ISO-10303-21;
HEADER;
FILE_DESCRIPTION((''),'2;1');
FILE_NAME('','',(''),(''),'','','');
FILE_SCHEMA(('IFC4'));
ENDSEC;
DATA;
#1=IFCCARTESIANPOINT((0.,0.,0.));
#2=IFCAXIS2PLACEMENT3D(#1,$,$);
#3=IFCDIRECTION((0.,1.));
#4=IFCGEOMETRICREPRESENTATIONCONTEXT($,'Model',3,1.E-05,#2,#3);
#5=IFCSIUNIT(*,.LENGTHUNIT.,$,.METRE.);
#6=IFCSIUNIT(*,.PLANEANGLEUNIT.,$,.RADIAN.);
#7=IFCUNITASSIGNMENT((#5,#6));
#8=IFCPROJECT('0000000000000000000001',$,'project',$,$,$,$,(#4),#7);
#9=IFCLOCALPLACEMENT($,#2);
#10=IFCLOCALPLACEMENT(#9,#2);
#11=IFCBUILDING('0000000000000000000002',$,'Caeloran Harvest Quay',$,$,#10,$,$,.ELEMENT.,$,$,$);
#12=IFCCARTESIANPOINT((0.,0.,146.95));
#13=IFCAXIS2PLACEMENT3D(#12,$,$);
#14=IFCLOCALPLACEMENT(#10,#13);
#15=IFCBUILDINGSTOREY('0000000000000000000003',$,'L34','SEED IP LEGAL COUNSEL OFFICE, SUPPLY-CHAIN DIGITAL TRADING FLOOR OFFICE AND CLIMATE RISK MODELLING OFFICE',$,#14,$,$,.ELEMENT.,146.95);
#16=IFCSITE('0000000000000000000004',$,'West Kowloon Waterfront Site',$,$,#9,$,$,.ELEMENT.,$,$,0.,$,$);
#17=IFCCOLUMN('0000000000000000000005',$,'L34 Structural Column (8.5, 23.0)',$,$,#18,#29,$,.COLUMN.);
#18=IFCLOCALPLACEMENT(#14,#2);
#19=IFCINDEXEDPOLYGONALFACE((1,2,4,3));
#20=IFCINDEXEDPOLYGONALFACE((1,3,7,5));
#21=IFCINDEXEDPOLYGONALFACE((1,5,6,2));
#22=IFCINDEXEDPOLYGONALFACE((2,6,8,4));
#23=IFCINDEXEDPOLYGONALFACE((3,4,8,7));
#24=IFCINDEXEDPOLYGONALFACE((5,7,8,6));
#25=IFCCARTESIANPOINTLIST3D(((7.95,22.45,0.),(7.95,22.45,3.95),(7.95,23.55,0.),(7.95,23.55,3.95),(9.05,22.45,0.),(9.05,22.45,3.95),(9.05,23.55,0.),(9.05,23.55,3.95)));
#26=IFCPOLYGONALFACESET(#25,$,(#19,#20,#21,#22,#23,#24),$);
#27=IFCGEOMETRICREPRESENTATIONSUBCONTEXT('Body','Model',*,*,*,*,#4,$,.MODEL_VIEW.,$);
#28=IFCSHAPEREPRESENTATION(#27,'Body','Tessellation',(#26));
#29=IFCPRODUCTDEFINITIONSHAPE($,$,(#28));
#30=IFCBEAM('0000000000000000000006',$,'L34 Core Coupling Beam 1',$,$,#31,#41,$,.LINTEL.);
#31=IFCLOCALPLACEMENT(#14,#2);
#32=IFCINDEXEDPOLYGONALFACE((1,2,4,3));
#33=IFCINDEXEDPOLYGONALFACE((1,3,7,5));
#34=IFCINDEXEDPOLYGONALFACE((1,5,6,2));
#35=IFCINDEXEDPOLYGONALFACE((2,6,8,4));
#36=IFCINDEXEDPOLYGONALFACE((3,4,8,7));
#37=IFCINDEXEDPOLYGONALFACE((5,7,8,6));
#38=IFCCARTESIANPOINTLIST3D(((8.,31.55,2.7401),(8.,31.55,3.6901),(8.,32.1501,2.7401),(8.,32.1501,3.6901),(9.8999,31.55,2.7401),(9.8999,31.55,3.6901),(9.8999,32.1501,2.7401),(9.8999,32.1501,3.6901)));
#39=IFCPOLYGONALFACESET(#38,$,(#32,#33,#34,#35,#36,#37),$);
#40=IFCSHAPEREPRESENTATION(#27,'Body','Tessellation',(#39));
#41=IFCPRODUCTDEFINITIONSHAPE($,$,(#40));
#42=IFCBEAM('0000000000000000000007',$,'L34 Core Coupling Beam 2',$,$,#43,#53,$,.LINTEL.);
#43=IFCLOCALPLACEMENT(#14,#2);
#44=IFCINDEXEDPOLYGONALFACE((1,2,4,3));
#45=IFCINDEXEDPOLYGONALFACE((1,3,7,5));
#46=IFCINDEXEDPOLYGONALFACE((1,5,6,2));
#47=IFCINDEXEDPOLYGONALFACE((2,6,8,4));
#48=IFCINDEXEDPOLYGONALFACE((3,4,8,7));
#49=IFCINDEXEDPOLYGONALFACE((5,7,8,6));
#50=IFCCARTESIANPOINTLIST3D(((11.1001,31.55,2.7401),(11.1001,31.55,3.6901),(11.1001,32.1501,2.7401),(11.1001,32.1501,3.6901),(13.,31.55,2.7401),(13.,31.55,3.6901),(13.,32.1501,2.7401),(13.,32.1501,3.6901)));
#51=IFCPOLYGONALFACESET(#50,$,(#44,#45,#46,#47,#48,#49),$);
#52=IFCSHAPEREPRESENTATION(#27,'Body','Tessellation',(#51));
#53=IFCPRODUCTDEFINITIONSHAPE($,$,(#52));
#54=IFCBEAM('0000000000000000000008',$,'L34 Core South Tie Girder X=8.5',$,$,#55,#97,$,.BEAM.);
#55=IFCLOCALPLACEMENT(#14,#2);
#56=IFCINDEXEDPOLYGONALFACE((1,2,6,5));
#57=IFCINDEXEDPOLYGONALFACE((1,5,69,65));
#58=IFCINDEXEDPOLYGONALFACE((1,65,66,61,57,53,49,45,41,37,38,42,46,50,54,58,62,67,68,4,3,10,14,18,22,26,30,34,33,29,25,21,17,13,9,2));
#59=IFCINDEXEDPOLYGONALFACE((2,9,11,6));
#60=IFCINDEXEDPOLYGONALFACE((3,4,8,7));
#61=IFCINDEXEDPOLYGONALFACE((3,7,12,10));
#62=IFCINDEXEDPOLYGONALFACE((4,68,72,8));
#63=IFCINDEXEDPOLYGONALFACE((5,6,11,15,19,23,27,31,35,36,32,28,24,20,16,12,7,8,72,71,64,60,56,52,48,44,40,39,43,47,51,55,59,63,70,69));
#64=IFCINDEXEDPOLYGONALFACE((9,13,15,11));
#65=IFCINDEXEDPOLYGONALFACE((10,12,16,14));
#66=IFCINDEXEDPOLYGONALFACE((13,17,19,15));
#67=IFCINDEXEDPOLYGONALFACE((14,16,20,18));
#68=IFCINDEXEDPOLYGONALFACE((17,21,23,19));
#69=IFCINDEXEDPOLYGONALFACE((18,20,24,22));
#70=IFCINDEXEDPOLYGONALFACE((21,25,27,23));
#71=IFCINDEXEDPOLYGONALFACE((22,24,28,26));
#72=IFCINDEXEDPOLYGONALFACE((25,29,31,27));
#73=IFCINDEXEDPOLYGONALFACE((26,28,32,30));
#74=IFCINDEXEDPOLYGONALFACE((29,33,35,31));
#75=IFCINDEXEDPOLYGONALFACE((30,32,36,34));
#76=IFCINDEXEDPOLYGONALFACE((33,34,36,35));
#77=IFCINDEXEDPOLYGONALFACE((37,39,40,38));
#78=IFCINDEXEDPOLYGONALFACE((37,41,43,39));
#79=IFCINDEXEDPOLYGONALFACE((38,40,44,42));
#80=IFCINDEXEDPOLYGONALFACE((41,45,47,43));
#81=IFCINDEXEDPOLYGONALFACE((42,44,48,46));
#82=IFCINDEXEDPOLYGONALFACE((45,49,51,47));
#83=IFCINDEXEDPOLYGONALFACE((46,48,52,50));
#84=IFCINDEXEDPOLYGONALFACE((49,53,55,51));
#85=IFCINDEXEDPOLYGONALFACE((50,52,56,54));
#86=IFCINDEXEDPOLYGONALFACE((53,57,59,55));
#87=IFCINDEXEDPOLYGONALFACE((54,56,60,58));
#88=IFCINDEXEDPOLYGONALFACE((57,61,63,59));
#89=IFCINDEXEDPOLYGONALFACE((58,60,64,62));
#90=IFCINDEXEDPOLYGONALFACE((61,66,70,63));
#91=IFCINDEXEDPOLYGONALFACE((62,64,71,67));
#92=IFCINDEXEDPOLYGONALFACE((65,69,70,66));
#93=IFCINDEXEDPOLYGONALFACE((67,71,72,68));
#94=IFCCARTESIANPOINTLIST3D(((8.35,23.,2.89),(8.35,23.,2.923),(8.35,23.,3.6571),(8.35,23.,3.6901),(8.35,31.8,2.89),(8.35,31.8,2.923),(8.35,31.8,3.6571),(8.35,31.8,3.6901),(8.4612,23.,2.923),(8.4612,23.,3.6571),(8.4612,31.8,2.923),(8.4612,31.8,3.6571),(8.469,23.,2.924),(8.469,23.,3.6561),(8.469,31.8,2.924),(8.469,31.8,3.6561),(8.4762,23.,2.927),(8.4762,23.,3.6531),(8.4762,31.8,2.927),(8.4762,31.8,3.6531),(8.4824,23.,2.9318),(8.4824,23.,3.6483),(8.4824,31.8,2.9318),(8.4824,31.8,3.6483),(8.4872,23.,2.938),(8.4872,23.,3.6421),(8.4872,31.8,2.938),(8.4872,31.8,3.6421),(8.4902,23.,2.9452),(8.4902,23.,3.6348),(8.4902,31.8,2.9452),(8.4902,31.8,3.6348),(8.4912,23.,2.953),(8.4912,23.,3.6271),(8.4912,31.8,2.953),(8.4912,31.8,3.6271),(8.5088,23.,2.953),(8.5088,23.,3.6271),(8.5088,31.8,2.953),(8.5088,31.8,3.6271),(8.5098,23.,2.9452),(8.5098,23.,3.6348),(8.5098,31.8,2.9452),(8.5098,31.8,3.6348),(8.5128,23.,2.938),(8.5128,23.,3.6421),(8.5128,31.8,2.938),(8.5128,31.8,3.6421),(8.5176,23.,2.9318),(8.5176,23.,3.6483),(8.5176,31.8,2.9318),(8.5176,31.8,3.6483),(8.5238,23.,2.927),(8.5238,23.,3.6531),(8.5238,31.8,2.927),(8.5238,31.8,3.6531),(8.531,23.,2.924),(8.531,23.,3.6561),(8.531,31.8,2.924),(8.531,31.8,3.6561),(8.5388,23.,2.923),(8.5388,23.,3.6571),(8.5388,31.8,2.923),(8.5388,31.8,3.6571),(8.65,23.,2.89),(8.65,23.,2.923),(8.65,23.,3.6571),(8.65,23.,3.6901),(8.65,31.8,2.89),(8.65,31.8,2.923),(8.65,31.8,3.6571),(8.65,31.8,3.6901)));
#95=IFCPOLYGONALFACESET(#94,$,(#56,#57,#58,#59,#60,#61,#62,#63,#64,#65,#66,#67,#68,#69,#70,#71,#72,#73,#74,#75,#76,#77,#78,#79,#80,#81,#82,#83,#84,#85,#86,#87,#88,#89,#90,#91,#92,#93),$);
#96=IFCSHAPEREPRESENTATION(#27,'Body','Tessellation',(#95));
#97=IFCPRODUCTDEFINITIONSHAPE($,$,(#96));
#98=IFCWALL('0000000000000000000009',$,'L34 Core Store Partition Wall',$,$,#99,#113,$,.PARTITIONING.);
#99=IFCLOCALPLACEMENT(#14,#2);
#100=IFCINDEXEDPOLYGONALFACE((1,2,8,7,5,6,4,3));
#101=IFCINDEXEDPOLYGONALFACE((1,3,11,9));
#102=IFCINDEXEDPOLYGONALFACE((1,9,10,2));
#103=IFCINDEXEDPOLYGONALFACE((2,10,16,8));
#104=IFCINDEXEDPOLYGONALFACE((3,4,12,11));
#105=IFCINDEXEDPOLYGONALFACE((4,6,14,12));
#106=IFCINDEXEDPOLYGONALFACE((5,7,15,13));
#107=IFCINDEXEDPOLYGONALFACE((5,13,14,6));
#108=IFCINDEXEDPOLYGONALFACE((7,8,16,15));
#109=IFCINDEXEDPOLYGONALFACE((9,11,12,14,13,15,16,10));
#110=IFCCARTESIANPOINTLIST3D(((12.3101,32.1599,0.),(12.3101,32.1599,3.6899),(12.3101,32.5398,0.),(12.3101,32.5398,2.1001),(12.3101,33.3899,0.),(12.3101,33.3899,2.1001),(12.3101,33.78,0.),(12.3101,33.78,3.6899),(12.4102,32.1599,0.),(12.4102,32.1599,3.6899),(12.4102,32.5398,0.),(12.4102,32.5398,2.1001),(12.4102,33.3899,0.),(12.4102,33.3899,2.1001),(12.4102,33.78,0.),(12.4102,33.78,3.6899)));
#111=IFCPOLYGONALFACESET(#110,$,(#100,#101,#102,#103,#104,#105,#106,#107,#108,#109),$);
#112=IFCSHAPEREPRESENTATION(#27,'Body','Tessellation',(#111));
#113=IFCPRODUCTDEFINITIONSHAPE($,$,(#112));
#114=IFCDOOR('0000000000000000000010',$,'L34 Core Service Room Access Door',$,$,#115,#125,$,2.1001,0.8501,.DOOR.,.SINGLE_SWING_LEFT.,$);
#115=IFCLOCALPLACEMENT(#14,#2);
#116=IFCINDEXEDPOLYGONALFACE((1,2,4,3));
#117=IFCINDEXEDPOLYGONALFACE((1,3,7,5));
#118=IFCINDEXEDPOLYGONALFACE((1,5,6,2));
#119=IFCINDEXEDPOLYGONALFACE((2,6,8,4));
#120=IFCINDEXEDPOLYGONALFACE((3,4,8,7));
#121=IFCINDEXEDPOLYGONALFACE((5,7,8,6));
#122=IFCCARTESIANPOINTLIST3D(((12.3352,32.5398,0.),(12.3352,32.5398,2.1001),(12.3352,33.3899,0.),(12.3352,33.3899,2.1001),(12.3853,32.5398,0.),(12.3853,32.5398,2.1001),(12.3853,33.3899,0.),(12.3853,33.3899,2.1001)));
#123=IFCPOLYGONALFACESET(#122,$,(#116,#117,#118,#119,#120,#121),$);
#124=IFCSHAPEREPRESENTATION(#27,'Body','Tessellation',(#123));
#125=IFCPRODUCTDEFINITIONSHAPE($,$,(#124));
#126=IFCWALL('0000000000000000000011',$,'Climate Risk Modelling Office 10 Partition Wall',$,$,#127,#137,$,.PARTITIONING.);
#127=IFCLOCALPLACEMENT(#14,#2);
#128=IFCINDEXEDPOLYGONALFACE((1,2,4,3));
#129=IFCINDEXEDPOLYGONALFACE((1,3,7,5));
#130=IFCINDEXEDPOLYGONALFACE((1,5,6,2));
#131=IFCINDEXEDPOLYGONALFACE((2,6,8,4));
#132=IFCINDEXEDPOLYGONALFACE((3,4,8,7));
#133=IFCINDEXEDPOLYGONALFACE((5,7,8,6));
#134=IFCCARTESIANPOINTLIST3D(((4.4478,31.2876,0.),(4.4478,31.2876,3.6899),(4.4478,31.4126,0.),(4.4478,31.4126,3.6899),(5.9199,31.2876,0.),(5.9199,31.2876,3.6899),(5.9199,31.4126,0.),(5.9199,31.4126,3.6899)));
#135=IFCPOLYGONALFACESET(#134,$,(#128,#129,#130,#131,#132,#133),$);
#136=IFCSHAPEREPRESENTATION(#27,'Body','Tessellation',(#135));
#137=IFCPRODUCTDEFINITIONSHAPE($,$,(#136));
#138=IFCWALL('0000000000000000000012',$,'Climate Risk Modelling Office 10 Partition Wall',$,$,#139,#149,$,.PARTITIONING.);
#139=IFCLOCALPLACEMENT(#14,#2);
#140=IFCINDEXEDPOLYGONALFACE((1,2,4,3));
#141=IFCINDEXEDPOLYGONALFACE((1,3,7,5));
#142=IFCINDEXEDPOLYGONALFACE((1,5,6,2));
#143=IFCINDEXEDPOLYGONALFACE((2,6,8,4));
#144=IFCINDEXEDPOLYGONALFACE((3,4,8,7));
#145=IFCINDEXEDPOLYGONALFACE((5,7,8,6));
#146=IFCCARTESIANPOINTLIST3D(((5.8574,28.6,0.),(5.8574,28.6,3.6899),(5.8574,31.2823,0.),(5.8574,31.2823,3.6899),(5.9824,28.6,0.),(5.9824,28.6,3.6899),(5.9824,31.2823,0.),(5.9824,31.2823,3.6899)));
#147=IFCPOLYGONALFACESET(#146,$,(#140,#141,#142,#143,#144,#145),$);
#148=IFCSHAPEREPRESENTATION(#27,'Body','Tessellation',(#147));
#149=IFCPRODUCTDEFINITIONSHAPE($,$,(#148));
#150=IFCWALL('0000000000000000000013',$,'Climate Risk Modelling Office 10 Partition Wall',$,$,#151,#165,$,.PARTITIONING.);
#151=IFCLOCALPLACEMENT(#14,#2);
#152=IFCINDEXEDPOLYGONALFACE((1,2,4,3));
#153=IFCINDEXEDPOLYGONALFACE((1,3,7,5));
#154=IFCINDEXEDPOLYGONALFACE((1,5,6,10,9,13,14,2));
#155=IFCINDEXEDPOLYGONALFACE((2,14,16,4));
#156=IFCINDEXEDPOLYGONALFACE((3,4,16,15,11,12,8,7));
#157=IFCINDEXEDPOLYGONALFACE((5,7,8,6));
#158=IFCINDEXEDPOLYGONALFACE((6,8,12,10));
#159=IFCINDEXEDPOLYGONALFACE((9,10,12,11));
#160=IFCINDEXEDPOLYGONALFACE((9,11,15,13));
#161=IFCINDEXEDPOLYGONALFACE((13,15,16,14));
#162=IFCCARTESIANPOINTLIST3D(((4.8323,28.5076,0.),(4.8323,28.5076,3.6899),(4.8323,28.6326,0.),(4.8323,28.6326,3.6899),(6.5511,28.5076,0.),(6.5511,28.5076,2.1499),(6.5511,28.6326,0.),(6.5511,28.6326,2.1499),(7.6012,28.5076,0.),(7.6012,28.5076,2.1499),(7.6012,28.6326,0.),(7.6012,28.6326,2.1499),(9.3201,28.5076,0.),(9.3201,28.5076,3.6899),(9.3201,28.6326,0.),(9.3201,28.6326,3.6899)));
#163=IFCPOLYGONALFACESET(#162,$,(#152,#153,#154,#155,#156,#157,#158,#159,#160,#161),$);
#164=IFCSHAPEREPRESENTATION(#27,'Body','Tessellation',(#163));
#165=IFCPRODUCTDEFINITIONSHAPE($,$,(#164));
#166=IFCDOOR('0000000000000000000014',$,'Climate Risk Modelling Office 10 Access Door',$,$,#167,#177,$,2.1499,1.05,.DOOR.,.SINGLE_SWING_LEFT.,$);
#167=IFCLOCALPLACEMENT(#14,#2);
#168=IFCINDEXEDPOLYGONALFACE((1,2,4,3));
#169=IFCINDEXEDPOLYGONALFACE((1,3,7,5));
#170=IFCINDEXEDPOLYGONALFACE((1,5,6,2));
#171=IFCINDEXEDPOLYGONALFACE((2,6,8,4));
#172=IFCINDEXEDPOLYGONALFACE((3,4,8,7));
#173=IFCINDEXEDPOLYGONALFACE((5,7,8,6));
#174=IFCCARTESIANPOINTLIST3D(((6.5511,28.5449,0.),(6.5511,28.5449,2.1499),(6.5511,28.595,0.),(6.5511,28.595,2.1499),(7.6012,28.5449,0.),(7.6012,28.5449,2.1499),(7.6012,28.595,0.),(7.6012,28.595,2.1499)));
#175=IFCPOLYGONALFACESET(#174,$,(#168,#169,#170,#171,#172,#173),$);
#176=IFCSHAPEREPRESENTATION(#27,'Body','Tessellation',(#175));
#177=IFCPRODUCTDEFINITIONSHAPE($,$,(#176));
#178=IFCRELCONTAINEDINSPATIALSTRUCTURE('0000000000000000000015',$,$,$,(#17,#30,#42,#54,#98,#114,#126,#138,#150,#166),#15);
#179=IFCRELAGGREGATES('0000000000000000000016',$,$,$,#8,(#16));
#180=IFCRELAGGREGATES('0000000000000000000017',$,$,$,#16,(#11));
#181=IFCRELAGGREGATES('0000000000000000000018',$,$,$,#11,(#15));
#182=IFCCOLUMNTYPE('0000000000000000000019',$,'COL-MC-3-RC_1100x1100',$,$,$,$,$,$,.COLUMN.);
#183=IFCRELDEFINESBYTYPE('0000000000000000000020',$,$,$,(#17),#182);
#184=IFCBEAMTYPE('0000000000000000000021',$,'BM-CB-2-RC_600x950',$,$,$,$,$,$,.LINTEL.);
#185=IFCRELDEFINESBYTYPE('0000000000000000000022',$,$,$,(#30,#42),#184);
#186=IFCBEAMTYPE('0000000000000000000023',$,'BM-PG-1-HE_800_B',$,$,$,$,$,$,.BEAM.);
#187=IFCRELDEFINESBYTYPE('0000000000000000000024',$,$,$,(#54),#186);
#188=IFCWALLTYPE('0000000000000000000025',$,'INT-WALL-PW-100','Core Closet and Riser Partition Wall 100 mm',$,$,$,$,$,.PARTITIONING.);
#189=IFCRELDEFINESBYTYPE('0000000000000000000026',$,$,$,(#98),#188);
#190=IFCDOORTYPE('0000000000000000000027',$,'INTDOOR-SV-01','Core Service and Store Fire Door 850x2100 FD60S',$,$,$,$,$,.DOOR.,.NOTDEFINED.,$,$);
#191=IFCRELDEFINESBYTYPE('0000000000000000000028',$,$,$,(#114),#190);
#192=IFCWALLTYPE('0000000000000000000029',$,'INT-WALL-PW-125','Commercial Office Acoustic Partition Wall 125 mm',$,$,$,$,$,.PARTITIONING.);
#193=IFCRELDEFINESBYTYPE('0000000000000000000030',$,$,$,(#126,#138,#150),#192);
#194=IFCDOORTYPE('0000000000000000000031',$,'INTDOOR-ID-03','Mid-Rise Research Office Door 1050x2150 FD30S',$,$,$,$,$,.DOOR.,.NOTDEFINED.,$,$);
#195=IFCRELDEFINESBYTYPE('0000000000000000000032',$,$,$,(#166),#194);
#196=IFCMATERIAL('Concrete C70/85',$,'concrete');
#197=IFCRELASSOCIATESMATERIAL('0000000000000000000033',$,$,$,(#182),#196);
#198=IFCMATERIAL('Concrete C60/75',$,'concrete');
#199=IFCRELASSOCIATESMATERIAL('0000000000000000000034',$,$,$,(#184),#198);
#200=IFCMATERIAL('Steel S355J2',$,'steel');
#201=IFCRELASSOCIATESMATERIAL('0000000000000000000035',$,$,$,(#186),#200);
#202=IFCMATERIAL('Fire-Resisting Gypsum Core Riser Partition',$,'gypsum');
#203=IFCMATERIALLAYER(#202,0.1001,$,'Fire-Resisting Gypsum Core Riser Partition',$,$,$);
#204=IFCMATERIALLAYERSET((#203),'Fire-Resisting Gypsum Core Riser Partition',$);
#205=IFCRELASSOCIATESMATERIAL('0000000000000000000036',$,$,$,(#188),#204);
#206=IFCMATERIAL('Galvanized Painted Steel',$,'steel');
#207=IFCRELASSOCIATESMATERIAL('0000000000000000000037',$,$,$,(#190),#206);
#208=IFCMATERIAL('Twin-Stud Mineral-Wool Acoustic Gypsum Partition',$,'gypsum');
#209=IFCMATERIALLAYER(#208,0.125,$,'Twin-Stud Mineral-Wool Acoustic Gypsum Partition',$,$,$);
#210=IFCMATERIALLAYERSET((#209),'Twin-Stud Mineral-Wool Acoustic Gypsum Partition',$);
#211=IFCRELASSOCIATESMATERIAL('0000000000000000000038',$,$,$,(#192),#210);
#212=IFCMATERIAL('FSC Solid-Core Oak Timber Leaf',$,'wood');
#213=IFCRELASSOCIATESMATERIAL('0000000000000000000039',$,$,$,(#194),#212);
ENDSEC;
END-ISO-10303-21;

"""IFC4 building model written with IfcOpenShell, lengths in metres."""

from ifc_helpers import new_model, si_unit, direction, frame, frame_2d, origin, origin_2d, place, context, subcontext, project, spatial, rectangle, i_section, extrude, material, layer, layer_set, material_profile, profile_set, type_object, element, fill, save


model = new_model("IFC4")

# Units and contexts
model_context = context("Model", 3, precision=1e-05, world=origin(), true_north=direction((0.0, 1.0)))
body_context = subcontext(model_context, "Body", "Model", "MODEL_VIEW")
ifc_project = project(units=[si_unit("LENGTHUNIT", "METRE"), si_unit("PLANEANGLEUNIT", "RADIAN")], contexts=[model_context])

# Site, building, storey
site_placement = place(None, origin())
site = spatial("IfcSite", under=ifc_project, at=site_placement, Name="West Kowloon Waterfront Site", CompositionType="ELEMENT", RefElevation=0.0)
building_placement = place(site_placement, origin())
building = spatial("IfcBuilding", under=site, at=building_placement, Name="Caeloran Harvest Quay", CompositionType="ELEMENT")
storey_placement = place(building_placement, frame((0.0, 0.0, 146.95)))
storey = spatial("IfcBuildingStorey", under=building, at=storey_placement, Name="L34", Description="SEED IP LEGAL COUNSEL OFFICE, SUPPLY-CHAIN DIGITAL TRADING FLOOR OFFICE AND CLIMATE RISK MODELLING OFFICE", CompositionType="ELEMENT", Elevation=146.95)

# Column
ifc_material_1 = material(Name="Concrete C70/85", Category="concrete")
ifc_material_profile_1 = material_profile(ifc_material_1, rectangle(XDim=1.1001, YDim=1.1001, at=origin_2d()), Name="RC 1100x1100")
ifc_profile_set_1 = profile_set([ifc_material_profile_1], Name="Concrete C70/85")
column_type = type_object("IfcColumnType", Name="COL-MC-3-RC_1100x1100", PredefinedType="COLUMN", material=ifc_profile_set_1)
column_placement = place(storey_placement, frame((8.5, 23.0, 0.0), z_axis=(0.0, 0.0, 1.0), x_axis=(1.0, 0.0, 0.0)))
element("IfcColumn", 1, at=column_placement, inside=storey, type_object=column_type, Name="L34 Structural Column (8.5, 23.0)", PredefinedType="COLUMN", context=body_context, shape_type="SweptSolid", body=[
    extrude(rectangle(XDim=1.1001, YDim=1.1001, at=origin_2d()), origin(), (0.0, 0.0, 1.0), 3.95),
])

# Beams
ifc_material_2 = material(Name="Concrete C60/75", Category="concrete")
ifc_material_profile_2 = material_profile(ifc_material_2, rectangle(XDim=0.6001, YDim=0.95, at=origin_2d()), Name="RC 600x950")
ifc_profile_set_2 = profile_set([ifc_material_profile_2], Name="Concrete C60/75")
beam_type_1 = type_object("IfcBeamType", Name="BM-CB-2-RC_600x950", PredefinedType="LINTEL", material=ifc_profile_set_2)
for number, where, z_axis, x_axis, name in (
    (2, (8.0, 31.8501, 3.2151), (1.0, 0.0, 0.0), (0.0, 1.0, 0.0), "L34 Core Coupling Beam 1"),
    (3, (11.1001, 31.8501, 3.2151), (1.0, 0.0, 0.0), (0.0, 1.0, 0.0), "L34 Core Coupling Beam 2"),
):
    element("IfcBeam", number, at=place(storey_placement, frame(where, z_axis=z_axis, x_axis=x_axis)), inside=storey, type_object=beam_type_1, Name=name, PredefinedType="LINTEL", context=body_context, shape_type="SweptSolid", body=[
        extrude(rectangle(XDim=0.6001, YDim=0.95, at=origin_2d()), origin(), (0.0, 0.0, 1.0), 1.8999),
    ])
ifc_material_3 = material(Name="Steel S355J2", Category="steel")
ifc_material_profile_3 = material_profile(ifc_material_3, i_section(OverallWidth=0.3, OverallDepth=0.8, WebThickness=0.0176, FlangeThickness=0.033, FilletRadius=0.03, at=origin_2d()), Name="HE 800 B")
ifc_profile_set_3 = profile_set([ifc_material_profile_3], Name="Steel S355J2")
beam_type_2 = type_object("IfcBeamType", Name="BM-PG-1-HE_800_B", PredefinedType="BEAM", material=ifc_profile_set_3)
beam_placement = place(storey_placement, frame((8.5, 23.0, 3.29), z_axis=(0.0, 1.0, 0.0), x_axis=(-1.0, 0.0, 0.0)))
element("IfcBeam", 4, at=beam_placement, inside=storey, type_object=beam_type_2, Name="L34 Core South Tie Girder X=8.5", PredefinedType="BEAM", context=body_context, shape_type="SweptSolid", body=[
    extrude(i_section(OverallWidth=0.3, OverallDepth=0.8, WebThickness=0.0176, FlangeThickness=0.033, FilletRadius=0.03, at=origin_2d()), origin(), (0.0, 0.0, 1.0), 8.8),
])

# Wall, opening, door
ifc_material_4 = material(Name="Fire-Resisting Gypsum Core Riser Partition", Category="gypsum")
ifc_layer_1 = layer(ifc_material_4, 0.1001, Name="Fire-Resisting Gypsum Core Riser Partition")
ifc_layer_set_1 = layer_set([ifc_layer_1], Name="Fire-Resisting Gypsum Core Riser Partition")
wall_type_1 = type_object("IfcWallType", Name="INT-WALL-PW-100", Description="Core Closet and Riser Partition Wall 100 mm", PredefinedType="PARTITIONING", material=ifc_layer_set_1)
wall_1_placement = place(storey_placement, frame((12.3601, 32.1599, 0.0), z_axis=(0.0, 0.0, 1.0), x_axis=(0.0, 1.0, 0.0)))
wall_1 = element("IfcWall", 5, at=wall_1_placement, inside=storey, type_object=wall_type_1, Name="L34 Core Store Partition Wall", PredefinedType="PARTITIONING", context=body_context, shape_type="SweptSolid", body=[
    extrude(rectangle(XDim=1.6201, YDim=0.1001, at=frame_2d((0.8101, 0.0))), origin(), (0.0, 0.0, 1.0), 3.6899),
])
opening_1_placement = place(wall_1_placement, frame((0.3799, 0.0, 0.0)))
opening_1 = element("IfcOpeningElement", 6, at=opening_1_placement, cuts=wall_1, PredefinedType="OPENING", context=body_context, shape_type="SweptSolid", body=[
    extrude(rectangle(XDim=0.8501, YDim=2.1001, at=frame_2d((0.425, 1.05))), frame((0.0, 0.0601, 0.0), z_axis=(0.0, -1.0, 0.0), x_axis=(1.0, 0.0, 0.0)), (0.0, 0.0, 1.0), 0.1201),
])
ifc_material_5 = material(Name="Galvanized Painted Steel", Category="steel")
door_type_1 = type_object("IfcDoorType", Name="INTDOOR-SV-01", Description="Core Service and Store Fire Door 850x2100 FD60S", OperationType="NOTDEFINED", PredefinedType="DOOR", material=ifc_material_5)
door_1_placement = place(opening_1_placement, origin())
door_1 = element("IfcDoor", 7, at=door_1_placement, inside=storey, type_object=door_type_1, Name="L34 Core Service Room Access Door", OperationType="SINGLE_SWING_LEFT", OverallHeight=2.1001, OverallWidth=0.8501, PredefinedType="DOOR", context=body_context, shape_type="SweptSolid", body=[
    extrude(rectangle(XDim=0.8501, YDim=2.1001, at=frame_2d((0.425, 1.05))), frame((0.0, 0.0249, 0.0), z_axis=(0.0, -1.0, 0.0), x_axis=(1.0, 0.0, 0.0)), (0.0, 0.0, 1.0), 0.05),
])
fill(opening_1, door_1)

# Walls
ifc_material_6 = material(Name="Twin-Stud Mineral-Wool Acoustic Gypsum Partition", Category="gypsum")
ifc_layer_2 = layer(ifc_material_6, 0.125, Name="Twin-Stud Mineral-Wool Acoustic Gypsum Partition")
ifc_layer_set_2 = layer_set([ifc_layer_2], Name="Twin-Stud Mineral-Wool Acoustic Gypsum Partition")
wall_type_2 = type_object("IfcWallType", Name="INT-WALL-PW-125", Description="Commercial Office Acoustic Partition Wall 125 mm", PredefinedType="PARTITIONING", material=ifc_layer_set_2)
wall_2_placement = place(storey_placement, frame((4.4478, 31.3501, 0.0), z_axis=(0.0, 0.0, 1.0), x_axis=(1.0, 0.0, 0.0)))
element("IfcWall", 8, at=wall_2_placement, inside=storey, type_object=wall_type_2, Name="Climate Risk Modelling Office 10 Partition Wall", PredefinedType="PARTITIONING", context=body_context, shape_type="SweptSolid", body=[
    extrude(rectangle(XDim=1.4722, YDim=0.125, at=frame_2d((0.7361, 0.0))), origin(), (0.0, 0.0, 1.0), 3.6899),
])
wall_3_placement = place(storey_placement, frame((5.9199, 31.2825, 0.0), z_axis=(0.0, 0.0, 1.0), x_axis=(0.0, -1.0, 0.0)))
element("IfcWall", 9, at=wall_3_placement, inside=storey, type_object=wall_type_2, Name="Climate Risk Modelling Office 10 Partition Wall", PredefinedType="PARTITIONING", context=body_context, shape_type="SweptSolid", body=[
    extrude(rectangle(XDim=2.6824, YDim=0.125, at=frame_2d((1.3413, 0.0))), origin(), (0.0, 0.0, 1.0), 3.6899),
])

# Wall, opening, door
wall_4_placement = place(storey_placement, frame((4.8323, 28.5701, 0.0), z_axis=(0.0, 0.0, 1.0), x_axis=(1.0, 0.0, 0.0)))
wall_4 = element("IfcWall", 10, at=wall_4_placement, inside=storey, type_object=wall_type_2, Name="Climate Risk Modelling Office 10 Partition Wall", PredefinedType="PARTITIONING", context=body_context, shape_type="SweptSolid", body=[
    extrude(rectangle(XDim=4.4878, YDim=0.125, at=frame_2d((2.2439, 0.0))), origin(), (0.0, 0.0, 1.0), 3.6899),
])
opening_2_placement = place(wall_4_placement, frame((1.719, 0.0, 0.0)))
opening_2 = element("IfcOpeningElement", 11, at=opening_2_placement, cuts=wall_4, PredefinedType="OPENING", context=body_context, shape_type="SweptSolid", body=[
    extrude(rectangle(XDim=1.05, YDim=2.1499, at=frame_2d((0.5249, 1.075))), frame((0.0, 0.0725, 0.0), z_axis=(0.0, -1.0, 0.0), x_axis=(1.0, 0.0, 0.0)), (0.0, 0.0, 1.0), 0.145),
])
ifc_material_7 = material(Name="FSC Solid-Core Oak Timber Leaf", Category="wood")
door_type_2 = type_object("IfcDoorType", Name="INTDOOR-ID-03", Description="Mid-Rise Research Office Door 1050x2150 FD30S", OperationType="NOTDEFINED", PredefinedType="DOOR", material=ifc_material_7)
door_2_placement = place(opening_2_placement, origin())
door_2 = element("IfcDoor", 12, at=door_2_placement, inside=storey, type_object=door_type_2, Name="Climate Risk Modelling Office 10 Access Door", OperationType="SINGLE_SWING_LEFT", OverallHeight=2.1499, OverallWidth=1.05, PredefinedType="DOOR", context=body_context, shape_type="SweptSolid", body=[
    extrude(rectangle(XDim=1.05, YDim=2.1499, at=frame_2d((0.5249, 1.075))), frame((0.0, 0.0249, 0.0), z_axis=(0.0, -1.0, 0.0), x_axis=(1.0, 0.0, 0.0)), (0.0, 0.0, 1.0), 0.05),
])
fill(opening_2, door_2)

save(model, "model.ifc")
